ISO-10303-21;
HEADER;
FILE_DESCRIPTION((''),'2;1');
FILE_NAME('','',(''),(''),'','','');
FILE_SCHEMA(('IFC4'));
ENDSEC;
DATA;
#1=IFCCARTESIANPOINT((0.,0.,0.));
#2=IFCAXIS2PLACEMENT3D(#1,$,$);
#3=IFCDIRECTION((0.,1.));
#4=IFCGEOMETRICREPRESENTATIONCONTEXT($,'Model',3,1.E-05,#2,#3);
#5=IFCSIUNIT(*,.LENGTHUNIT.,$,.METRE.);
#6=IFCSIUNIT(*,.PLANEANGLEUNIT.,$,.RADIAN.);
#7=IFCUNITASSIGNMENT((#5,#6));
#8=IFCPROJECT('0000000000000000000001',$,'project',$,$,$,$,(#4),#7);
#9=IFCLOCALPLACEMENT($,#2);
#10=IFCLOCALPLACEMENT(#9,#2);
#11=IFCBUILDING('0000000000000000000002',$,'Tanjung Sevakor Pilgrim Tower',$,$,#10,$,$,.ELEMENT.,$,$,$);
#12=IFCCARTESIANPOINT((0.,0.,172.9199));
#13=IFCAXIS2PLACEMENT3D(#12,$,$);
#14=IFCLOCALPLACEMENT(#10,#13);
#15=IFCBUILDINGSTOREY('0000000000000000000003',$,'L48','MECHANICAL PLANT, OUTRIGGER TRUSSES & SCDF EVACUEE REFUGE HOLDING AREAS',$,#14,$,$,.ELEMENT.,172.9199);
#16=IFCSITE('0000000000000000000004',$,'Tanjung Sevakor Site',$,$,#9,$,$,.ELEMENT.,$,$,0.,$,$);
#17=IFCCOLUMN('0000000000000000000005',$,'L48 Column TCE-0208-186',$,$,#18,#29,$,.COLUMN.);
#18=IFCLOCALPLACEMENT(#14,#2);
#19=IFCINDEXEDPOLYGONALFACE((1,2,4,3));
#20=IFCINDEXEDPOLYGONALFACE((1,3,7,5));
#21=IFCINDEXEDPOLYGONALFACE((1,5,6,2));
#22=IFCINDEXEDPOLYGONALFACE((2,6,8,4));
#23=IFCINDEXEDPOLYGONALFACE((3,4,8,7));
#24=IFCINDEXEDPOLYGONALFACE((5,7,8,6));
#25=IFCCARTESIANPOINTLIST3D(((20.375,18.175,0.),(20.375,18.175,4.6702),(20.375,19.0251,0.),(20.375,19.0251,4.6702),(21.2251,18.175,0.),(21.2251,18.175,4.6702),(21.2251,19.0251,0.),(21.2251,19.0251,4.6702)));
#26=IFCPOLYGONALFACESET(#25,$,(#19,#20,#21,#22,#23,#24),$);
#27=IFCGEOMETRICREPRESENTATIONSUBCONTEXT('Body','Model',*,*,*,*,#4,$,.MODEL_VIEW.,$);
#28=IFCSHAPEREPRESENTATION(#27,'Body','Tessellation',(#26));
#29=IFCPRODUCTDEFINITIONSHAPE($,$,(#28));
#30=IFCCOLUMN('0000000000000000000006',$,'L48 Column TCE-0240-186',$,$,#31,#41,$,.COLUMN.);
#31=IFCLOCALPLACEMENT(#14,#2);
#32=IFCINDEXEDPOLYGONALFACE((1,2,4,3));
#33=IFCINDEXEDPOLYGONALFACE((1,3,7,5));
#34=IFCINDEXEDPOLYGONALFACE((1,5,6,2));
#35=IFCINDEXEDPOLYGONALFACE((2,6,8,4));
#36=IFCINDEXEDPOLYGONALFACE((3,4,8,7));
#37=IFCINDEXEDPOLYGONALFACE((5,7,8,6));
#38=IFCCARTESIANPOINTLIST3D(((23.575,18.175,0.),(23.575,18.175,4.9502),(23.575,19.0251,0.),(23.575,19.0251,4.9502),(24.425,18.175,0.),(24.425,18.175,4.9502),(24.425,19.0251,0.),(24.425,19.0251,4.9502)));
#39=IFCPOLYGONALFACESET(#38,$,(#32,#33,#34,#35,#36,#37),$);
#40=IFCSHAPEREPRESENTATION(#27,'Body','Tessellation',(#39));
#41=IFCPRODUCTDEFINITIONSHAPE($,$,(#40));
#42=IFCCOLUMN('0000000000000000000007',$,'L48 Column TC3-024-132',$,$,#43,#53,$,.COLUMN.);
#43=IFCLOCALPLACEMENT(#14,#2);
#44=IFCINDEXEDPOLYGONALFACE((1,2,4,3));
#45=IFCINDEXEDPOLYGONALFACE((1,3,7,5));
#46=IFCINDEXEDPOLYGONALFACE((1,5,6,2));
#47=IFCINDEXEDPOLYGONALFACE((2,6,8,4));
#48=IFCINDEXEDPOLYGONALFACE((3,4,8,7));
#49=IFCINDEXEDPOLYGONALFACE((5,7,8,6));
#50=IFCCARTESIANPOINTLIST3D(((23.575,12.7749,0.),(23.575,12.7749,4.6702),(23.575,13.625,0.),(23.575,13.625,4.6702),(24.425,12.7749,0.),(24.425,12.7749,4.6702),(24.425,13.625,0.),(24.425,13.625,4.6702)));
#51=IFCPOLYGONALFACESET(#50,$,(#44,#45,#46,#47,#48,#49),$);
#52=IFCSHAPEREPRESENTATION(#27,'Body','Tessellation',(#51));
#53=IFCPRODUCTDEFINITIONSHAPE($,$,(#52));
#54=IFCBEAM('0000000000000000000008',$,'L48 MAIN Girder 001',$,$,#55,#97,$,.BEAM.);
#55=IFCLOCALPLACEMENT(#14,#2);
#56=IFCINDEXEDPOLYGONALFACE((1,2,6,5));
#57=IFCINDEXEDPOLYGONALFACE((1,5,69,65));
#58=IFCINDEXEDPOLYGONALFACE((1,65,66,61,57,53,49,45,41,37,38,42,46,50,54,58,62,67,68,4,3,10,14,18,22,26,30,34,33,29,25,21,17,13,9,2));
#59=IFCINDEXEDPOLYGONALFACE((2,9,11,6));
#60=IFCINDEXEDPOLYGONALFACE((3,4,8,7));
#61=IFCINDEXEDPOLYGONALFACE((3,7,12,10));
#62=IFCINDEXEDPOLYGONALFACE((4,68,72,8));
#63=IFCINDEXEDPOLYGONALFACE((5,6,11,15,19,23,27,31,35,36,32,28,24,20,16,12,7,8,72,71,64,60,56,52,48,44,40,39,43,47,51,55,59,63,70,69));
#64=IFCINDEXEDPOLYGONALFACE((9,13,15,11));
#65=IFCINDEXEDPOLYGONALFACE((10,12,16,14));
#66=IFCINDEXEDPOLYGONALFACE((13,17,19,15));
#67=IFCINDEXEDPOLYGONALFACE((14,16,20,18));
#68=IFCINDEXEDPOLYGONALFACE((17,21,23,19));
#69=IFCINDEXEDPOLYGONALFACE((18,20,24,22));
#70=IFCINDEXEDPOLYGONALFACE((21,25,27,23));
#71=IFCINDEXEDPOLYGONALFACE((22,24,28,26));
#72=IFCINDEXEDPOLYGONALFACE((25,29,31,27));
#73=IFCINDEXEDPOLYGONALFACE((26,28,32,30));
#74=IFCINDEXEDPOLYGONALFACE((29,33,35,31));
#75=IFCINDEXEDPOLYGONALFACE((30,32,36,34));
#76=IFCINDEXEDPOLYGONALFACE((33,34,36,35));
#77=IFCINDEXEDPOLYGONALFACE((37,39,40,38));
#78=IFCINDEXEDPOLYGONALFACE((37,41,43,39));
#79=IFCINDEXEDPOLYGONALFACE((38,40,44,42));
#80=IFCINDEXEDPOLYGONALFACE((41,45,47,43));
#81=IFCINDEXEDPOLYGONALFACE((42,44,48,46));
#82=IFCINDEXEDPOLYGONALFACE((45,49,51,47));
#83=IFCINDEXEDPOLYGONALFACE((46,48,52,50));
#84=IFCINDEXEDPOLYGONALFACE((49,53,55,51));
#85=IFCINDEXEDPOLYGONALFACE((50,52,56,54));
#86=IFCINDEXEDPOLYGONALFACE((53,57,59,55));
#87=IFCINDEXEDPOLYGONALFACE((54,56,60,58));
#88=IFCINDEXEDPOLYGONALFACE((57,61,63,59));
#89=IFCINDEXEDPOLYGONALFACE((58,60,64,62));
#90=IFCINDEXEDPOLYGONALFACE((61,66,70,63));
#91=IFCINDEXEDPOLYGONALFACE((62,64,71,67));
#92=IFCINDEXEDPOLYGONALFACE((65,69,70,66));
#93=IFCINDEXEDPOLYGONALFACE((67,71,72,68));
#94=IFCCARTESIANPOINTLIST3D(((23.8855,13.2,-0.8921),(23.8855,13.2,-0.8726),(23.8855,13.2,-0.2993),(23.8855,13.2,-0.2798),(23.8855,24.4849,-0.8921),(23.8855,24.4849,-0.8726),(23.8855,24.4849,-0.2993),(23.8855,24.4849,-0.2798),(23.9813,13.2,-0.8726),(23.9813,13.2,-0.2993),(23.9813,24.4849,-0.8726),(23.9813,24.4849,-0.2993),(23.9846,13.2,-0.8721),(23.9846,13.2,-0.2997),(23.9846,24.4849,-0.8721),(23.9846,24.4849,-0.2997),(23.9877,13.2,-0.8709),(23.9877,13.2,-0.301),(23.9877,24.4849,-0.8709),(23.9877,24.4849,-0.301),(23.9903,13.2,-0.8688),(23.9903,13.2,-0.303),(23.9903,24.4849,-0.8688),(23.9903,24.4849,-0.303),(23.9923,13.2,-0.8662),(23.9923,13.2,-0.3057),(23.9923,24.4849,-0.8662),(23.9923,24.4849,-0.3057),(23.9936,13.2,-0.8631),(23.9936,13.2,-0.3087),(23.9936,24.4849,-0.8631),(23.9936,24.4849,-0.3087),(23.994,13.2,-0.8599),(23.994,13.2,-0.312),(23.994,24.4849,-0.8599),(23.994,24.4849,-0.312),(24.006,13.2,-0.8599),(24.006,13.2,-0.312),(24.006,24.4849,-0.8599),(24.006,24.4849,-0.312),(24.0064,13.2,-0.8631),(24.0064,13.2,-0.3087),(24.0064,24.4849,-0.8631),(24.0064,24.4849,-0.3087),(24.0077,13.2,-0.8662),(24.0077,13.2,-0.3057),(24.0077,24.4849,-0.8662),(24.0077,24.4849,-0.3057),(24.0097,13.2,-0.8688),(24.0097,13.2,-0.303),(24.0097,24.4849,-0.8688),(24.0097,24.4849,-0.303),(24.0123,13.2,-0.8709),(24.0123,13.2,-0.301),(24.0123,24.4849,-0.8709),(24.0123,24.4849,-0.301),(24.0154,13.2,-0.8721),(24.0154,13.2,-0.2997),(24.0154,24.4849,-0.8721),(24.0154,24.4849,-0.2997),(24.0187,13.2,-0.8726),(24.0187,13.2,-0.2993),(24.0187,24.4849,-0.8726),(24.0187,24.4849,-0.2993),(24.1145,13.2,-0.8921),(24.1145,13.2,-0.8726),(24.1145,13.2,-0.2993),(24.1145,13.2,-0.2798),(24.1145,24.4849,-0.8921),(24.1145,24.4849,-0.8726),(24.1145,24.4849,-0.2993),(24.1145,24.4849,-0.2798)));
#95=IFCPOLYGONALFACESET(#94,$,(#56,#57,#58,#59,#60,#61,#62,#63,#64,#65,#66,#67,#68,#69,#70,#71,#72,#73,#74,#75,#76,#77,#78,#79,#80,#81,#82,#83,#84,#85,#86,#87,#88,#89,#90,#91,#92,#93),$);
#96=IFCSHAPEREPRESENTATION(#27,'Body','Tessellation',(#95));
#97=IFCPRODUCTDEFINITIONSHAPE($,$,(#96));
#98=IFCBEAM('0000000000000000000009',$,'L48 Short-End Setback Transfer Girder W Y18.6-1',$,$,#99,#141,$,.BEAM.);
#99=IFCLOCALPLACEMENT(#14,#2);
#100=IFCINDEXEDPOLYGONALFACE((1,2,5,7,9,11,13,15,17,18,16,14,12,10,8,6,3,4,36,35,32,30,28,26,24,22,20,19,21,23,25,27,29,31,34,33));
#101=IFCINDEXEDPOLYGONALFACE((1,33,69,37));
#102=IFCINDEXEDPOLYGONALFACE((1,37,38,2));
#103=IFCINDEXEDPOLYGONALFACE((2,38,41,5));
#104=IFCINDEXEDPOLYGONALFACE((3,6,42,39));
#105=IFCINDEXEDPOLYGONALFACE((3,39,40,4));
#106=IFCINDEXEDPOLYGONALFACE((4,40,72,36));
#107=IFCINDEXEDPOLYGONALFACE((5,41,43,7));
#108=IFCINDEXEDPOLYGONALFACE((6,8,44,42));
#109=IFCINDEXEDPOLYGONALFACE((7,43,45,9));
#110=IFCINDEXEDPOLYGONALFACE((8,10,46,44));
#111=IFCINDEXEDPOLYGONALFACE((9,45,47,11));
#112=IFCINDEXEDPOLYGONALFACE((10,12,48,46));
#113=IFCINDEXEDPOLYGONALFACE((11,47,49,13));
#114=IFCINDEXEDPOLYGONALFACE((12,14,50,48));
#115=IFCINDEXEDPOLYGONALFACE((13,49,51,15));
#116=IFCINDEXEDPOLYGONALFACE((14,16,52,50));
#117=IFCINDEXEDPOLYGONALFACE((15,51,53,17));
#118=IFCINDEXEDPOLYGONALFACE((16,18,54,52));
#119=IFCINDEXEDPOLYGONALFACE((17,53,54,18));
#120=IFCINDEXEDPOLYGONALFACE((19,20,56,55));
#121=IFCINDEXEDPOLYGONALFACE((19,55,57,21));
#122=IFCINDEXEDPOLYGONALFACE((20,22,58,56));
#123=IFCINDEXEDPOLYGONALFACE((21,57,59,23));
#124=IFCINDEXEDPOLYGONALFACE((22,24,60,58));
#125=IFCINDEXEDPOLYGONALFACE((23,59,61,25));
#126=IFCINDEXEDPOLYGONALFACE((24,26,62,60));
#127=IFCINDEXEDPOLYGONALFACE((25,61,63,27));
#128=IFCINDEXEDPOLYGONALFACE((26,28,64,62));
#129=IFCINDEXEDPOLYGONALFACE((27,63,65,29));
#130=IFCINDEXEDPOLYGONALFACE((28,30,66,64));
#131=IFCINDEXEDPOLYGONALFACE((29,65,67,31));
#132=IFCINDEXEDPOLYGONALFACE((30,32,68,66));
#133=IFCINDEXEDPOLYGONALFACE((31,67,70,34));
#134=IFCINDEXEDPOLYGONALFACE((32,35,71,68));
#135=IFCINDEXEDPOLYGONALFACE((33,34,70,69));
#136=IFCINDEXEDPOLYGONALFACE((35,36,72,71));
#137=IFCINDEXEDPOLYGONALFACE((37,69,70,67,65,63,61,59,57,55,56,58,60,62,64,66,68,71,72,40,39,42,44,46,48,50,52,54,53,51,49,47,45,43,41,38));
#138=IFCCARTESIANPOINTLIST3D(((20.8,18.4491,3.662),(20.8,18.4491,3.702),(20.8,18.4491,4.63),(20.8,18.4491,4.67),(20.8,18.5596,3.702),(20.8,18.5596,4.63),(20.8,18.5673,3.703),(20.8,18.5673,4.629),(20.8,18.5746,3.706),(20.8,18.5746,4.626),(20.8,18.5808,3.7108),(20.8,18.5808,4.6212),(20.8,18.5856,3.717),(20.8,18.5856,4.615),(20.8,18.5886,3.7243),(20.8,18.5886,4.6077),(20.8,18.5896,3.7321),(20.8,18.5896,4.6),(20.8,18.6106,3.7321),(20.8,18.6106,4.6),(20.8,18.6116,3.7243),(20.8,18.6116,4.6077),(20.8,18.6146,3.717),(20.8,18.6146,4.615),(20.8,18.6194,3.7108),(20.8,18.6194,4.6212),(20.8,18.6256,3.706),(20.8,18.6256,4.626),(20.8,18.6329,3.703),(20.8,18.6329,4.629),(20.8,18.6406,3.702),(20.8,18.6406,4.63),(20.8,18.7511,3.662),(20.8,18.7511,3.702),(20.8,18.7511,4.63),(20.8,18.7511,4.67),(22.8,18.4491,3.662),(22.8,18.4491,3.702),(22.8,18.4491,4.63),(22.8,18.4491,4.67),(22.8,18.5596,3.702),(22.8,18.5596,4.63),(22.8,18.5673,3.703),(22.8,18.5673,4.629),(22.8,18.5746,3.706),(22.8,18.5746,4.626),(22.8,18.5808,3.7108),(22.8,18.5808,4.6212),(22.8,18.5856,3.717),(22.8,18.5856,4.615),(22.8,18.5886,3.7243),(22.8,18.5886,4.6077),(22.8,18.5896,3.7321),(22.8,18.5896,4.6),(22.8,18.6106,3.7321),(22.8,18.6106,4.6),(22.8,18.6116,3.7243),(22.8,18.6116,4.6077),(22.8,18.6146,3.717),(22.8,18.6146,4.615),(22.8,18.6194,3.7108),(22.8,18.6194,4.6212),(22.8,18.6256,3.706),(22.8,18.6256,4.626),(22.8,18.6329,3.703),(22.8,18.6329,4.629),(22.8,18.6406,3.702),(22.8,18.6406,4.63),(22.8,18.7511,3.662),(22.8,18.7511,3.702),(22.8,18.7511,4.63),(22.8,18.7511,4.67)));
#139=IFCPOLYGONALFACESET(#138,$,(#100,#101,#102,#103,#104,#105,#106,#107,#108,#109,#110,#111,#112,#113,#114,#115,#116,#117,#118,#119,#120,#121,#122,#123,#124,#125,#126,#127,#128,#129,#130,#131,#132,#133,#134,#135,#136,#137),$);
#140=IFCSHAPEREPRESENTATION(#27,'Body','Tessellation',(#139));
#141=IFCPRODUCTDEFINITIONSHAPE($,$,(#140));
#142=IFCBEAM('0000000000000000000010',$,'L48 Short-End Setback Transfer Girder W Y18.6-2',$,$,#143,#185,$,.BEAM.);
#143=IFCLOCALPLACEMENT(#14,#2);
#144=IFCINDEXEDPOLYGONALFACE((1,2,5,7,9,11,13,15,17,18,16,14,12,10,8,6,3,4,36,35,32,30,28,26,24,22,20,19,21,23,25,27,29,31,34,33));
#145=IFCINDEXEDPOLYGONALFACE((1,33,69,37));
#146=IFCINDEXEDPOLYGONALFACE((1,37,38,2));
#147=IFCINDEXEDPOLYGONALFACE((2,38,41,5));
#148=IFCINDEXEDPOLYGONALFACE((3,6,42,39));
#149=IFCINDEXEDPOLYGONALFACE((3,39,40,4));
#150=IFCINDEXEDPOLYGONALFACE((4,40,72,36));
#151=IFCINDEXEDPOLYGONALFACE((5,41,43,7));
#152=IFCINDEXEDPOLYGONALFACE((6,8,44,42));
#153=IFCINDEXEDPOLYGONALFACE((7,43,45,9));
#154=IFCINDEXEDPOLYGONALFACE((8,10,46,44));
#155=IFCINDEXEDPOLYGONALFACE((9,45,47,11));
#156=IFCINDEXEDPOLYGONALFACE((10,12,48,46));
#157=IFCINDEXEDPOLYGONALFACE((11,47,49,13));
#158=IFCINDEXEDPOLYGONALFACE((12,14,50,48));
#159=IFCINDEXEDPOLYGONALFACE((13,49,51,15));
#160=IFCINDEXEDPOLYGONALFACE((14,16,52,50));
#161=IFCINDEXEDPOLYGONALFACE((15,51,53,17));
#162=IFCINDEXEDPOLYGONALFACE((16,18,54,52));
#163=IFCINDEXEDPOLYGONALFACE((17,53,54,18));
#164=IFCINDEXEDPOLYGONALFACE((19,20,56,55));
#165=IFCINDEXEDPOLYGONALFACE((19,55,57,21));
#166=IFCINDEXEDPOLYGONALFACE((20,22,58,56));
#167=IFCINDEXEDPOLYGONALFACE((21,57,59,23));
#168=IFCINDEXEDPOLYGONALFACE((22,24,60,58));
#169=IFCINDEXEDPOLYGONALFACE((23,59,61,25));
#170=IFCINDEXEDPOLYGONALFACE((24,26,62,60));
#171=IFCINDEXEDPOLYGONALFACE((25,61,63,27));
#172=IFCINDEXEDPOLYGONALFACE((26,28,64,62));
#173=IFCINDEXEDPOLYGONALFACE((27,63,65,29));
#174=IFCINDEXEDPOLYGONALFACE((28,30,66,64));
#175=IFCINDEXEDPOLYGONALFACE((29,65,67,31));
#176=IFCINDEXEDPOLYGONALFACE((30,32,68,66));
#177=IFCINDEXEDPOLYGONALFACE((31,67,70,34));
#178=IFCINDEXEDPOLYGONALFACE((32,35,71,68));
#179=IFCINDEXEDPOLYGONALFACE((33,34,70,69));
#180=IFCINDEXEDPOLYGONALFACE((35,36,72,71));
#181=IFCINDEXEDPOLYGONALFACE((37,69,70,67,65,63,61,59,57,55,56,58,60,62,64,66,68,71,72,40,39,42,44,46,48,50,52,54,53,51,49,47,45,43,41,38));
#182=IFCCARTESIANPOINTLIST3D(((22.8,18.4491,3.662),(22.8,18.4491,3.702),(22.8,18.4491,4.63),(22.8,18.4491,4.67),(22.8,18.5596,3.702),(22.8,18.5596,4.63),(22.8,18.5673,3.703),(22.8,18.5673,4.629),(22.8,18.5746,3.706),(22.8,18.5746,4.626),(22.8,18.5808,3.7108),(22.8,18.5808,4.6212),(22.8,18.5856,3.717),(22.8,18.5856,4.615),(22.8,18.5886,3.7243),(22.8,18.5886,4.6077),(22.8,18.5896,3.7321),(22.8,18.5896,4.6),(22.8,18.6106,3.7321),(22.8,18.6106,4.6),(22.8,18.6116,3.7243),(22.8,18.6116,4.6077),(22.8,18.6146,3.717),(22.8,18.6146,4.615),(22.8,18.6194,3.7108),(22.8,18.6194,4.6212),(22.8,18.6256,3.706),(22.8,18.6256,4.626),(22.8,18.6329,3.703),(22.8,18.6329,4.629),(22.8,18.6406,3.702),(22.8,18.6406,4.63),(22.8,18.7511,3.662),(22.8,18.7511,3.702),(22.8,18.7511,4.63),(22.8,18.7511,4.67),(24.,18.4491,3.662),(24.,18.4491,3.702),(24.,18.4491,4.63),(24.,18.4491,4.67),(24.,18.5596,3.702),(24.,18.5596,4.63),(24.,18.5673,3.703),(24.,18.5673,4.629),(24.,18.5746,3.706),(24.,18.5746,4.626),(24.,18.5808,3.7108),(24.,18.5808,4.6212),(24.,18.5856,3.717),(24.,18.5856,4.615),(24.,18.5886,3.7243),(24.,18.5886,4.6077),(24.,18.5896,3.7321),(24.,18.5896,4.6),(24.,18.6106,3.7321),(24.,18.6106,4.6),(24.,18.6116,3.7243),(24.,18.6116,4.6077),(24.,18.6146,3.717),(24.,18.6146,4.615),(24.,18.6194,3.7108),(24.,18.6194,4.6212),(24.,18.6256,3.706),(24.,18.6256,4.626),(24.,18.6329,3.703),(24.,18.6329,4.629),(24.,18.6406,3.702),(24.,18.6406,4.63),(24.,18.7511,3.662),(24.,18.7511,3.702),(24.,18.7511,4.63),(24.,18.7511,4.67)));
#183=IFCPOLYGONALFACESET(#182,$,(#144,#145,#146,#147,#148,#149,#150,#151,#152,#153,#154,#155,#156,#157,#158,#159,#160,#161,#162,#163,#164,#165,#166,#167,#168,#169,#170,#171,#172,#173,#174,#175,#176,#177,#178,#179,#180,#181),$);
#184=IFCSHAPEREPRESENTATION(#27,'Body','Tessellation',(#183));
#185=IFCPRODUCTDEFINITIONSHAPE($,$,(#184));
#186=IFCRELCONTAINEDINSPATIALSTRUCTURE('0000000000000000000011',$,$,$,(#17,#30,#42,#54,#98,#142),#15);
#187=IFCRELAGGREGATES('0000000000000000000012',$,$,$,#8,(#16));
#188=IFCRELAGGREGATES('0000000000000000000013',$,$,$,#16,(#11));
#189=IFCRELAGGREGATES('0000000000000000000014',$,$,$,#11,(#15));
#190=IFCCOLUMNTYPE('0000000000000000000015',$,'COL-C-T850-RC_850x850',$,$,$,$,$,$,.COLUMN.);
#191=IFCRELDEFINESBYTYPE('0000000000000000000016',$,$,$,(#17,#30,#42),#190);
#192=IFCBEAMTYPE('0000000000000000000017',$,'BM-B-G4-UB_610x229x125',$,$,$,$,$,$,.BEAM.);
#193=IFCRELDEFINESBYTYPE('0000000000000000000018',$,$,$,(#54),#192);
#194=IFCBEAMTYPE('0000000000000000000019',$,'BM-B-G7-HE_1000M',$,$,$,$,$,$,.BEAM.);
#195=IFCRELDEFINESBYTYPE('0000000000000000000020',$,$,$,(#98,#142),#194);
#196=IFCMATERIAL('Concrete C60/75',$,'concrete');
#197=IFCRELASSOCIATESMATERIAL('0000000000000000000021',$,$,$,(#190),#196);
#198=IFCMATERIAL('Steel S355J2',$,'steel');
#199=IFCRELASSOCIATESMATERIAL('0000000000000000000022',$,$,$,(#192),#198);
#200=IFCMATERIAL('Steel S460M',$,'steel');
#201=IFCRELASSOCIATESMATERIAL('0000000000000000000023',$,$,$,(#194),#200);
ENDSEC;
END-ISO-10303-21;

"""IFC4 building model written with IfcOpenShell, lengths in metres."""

from ifc_helpers import new_model, si_unit, direction, frame, origin, origin_2d, place, context, subcontext, project, spatial, rectangle, i_section, extrude, material, material_profile, profile_set, type_object, element, save


model = new_model("IFC4")

# Units and contexts
model_context = context("Model", 3, precision=1e-05, world=origin(), true_north=direction((0.0, 1.0)))
body_context = subcontext(model_context, "Body", "Model", "MODEL_VIEW")
ifc_project = project(units=[si_unit("LENGTHUNIT", "METRE"), si_unit("PLANEANGLEUNIT", "RADIAN")], contexts=[model_context])

# Site, building, storey
site_placement = place(None, origin())
site = spatial("IfcSite", under=ifc_project, at=site_placement, Name="Tanjung Sevakor Site", CompositionType="ELEMENT", RefElevation=0.0)
building_placement = place(site_placement, origin())
building = spatial("IfcBuilding", under=site, at=building_placement, Name="Tanjung Sevakor Pilgrim Tower", CompositionType="ELEMENT")
storey_placement = place(building_placement, frame((0.0, 0.0, 172.9199)))
storey = spatial("IfcBuildingStorey", under=building, at=storey_placement, Name="L48", Description="MECHANICAL PLANT, OUTRIGGER TRUSSES & SCDF EVACUEE REFUGE HOLDING AREAS", CompositionType="ELEMENT", Elevation=172.9199)

# Columns
ifc_material_1 = material(Name="Concrete C60/75", Category="concrete")
ifc_material_profile_1 = material_profile(ifc_material_1, rectangle(XDim=0.8501, YDim=0.8501, at=origin_2d()))
ifc_profile_set_1 = profile_set([ifc_material_profile_1], Name="Concrete C60/75")
column_type = type_object("IfcColumnType", Name="COL-C-T850-RC_850x850", PredefinedType="COLUMN", material=ifc_profile_set_1)
column_1_placement = place(storey_placement, frame((20.8, 18.6001, 0.0), z_axis=(0.0, 0.0, 1.0), x_axis=(1.0, 0.0, 0.0)))
element("IfcColumn", 1, at=column_1_placement, inside=storey, type_object=column_type, Name="L48 Column TCE-0208-186", PredefinedType="COLUMN", context=body_context, shape_type="SweptSolid", body=[
    extrude(rectangle(XDim=0.8501, YDim=0.8501, at=origin_2d()), origin(), (0.0, 0.0, 1.0), 4.6702),
])
column_2_placement = place(storey_placement, frame((24.0, 18.6001, 0.0), z_axis=(0.0, 0.0, 1.0), x_axis=(1.0, 0.0, 0.0)))
element("IfcColumn", 2, at=column_2_placement, inside=storey, type_object=column_type, Name="L48 Column TCE-0240-186", PredefinedType="COLUMN", context=body_context, shape_type="SweptSolid", body=[
    extrude(rectangle(XDim=0.8501, YDim=0.8501, at=origin_2d()), origin(), (0.0, 0.0, 1.0), 4.9502),
])
column_3_placement = place(storey_placement, frame((24.0, 13.2, 0.0), z_axis=(0.0, 0.0, 1.0), x_axis=(1.0, 0.0, 0.0)))
element("IfcColumn", 3, at=column_3_placement, inside=storey, type_object=column_type, Name="L48 Column TC3-024-132", PredefinedType="COLUMN", context=body_context, shape_type="SweptSolid", body=[
    extrude(rectangle(XDim=0.8501, YDim=0.8501, at=origin_2d()), origin(), (0.0, 0.0, 1.0), 4.6702),
])

# Beams
ifc_material_2 = material(Name="Steel S355J2", Category="steel")
ifc_material_profile_2 = material_profile(ifc_material_2, i_section(OverallWidth=0.229, OverallDepth=0.6123, WebThickness=0.012, FlangeThickness=0.0195, FilletRadius=0.0127, at=origin_2d()))
ifc_profile_set_2 = profile_set([ifc_material_profile_2], Name="Steel S355J2")
beam_type_1 = type_object("IfcBeamType", Name="BM-B-G4-UB_610x229x125", PredefinedType="BEAM", material=ifc_profile_set_2)
beam_1_placement = place(storey_placement, frame((24.0, 13.2, -0.5859), z_axis=(0.0, 1.0, 0.0), x_axis=(-1.0, 0.0, 0.0)))
element("IfcBeam", 4, at=beam_1_placement, inside=storey, type_object=beam_type_1, Name="L48 MAIN Girder 001", PredefinedType="BEAM", context=body_context, shape_type="SweptSolid", body=[
    extrude(i_section(OverallWidth=0.229, OverallDepth=0.6123, WebThickness=0.012, FlangeThickness=0.0195, FilletRadius=0.0127, at=origin_2d()), origin(), (0.0, 0.0, 1.0), 11.2849),
])
ifc_material_3 = material(Name="Steel S460M", Category="steel")
ifc_material_profile_3 = material_profile(ifc_material_3, i_section(OverallWidth=0.302, OverallDepth=1.0081, WebThickness=0.021, FlangeThickness=0.04, FilletRadius=0.03, at=origin_2d()))
ifc_profile_set_3 = profile_set([ifc_material_profile_3], Name="Steel S460M")
beam_type_2 = type_object("IfcBeamType", Name="BM-B-G7-HE_1000M", PredefinedType="BEAM", material=ifc_profile_set_3)
beam_2_placement = place(storey_placement, frame((20.8, 18.6001, 4.166), z_axis=(1.0, 0.0, 0.0), x_axis=(0.0, 1.0, 0.0)))
element("IfcBeam", 5, at=beam_2_placement, inside=storey, type_object=beam_type_2, Name="L48 Short-End Setback Transfer Girder W Y18.6-1", PredefinedType="BEAM", context=body_context, shape_type="SweptSolid", body=[
    extrude(i_section(OverallWidth=0.302, OverallDepth=1.0081, WebThickness=0.021, FlangeThickness=0.04, FilletRadius=0.03, at=origin_2d()), origin(), (0.0, 0.0, 1.0), 2.0),
])
beam_3_placement = place(storey_placement, frame((22.8, 18.6001, 4.166), z_axis=(1.0, 0.0, 0.0), x_axis=(0.0, 1.0, 0.0)))
element("IfcBeam", 6, at=beam_3_placement, inside=storey, type_object=beam_type_2, Name="L48 Short-End Setback Transfer Girder W Y18.6-2", PredefinedType="BEAM", context=body_context, shape_type="SweptSolid", body=[
    extrude(i_section(OverallWidth=0.302, OverallDepth=1.0081, WebThickness=0.021, FlangeThickness=0.04, FilletRadius=0.03, at=origin_2d()), origin(), (0.0, 0.0, 1.0), 1.2),
])

save(model, "model.ifc")
